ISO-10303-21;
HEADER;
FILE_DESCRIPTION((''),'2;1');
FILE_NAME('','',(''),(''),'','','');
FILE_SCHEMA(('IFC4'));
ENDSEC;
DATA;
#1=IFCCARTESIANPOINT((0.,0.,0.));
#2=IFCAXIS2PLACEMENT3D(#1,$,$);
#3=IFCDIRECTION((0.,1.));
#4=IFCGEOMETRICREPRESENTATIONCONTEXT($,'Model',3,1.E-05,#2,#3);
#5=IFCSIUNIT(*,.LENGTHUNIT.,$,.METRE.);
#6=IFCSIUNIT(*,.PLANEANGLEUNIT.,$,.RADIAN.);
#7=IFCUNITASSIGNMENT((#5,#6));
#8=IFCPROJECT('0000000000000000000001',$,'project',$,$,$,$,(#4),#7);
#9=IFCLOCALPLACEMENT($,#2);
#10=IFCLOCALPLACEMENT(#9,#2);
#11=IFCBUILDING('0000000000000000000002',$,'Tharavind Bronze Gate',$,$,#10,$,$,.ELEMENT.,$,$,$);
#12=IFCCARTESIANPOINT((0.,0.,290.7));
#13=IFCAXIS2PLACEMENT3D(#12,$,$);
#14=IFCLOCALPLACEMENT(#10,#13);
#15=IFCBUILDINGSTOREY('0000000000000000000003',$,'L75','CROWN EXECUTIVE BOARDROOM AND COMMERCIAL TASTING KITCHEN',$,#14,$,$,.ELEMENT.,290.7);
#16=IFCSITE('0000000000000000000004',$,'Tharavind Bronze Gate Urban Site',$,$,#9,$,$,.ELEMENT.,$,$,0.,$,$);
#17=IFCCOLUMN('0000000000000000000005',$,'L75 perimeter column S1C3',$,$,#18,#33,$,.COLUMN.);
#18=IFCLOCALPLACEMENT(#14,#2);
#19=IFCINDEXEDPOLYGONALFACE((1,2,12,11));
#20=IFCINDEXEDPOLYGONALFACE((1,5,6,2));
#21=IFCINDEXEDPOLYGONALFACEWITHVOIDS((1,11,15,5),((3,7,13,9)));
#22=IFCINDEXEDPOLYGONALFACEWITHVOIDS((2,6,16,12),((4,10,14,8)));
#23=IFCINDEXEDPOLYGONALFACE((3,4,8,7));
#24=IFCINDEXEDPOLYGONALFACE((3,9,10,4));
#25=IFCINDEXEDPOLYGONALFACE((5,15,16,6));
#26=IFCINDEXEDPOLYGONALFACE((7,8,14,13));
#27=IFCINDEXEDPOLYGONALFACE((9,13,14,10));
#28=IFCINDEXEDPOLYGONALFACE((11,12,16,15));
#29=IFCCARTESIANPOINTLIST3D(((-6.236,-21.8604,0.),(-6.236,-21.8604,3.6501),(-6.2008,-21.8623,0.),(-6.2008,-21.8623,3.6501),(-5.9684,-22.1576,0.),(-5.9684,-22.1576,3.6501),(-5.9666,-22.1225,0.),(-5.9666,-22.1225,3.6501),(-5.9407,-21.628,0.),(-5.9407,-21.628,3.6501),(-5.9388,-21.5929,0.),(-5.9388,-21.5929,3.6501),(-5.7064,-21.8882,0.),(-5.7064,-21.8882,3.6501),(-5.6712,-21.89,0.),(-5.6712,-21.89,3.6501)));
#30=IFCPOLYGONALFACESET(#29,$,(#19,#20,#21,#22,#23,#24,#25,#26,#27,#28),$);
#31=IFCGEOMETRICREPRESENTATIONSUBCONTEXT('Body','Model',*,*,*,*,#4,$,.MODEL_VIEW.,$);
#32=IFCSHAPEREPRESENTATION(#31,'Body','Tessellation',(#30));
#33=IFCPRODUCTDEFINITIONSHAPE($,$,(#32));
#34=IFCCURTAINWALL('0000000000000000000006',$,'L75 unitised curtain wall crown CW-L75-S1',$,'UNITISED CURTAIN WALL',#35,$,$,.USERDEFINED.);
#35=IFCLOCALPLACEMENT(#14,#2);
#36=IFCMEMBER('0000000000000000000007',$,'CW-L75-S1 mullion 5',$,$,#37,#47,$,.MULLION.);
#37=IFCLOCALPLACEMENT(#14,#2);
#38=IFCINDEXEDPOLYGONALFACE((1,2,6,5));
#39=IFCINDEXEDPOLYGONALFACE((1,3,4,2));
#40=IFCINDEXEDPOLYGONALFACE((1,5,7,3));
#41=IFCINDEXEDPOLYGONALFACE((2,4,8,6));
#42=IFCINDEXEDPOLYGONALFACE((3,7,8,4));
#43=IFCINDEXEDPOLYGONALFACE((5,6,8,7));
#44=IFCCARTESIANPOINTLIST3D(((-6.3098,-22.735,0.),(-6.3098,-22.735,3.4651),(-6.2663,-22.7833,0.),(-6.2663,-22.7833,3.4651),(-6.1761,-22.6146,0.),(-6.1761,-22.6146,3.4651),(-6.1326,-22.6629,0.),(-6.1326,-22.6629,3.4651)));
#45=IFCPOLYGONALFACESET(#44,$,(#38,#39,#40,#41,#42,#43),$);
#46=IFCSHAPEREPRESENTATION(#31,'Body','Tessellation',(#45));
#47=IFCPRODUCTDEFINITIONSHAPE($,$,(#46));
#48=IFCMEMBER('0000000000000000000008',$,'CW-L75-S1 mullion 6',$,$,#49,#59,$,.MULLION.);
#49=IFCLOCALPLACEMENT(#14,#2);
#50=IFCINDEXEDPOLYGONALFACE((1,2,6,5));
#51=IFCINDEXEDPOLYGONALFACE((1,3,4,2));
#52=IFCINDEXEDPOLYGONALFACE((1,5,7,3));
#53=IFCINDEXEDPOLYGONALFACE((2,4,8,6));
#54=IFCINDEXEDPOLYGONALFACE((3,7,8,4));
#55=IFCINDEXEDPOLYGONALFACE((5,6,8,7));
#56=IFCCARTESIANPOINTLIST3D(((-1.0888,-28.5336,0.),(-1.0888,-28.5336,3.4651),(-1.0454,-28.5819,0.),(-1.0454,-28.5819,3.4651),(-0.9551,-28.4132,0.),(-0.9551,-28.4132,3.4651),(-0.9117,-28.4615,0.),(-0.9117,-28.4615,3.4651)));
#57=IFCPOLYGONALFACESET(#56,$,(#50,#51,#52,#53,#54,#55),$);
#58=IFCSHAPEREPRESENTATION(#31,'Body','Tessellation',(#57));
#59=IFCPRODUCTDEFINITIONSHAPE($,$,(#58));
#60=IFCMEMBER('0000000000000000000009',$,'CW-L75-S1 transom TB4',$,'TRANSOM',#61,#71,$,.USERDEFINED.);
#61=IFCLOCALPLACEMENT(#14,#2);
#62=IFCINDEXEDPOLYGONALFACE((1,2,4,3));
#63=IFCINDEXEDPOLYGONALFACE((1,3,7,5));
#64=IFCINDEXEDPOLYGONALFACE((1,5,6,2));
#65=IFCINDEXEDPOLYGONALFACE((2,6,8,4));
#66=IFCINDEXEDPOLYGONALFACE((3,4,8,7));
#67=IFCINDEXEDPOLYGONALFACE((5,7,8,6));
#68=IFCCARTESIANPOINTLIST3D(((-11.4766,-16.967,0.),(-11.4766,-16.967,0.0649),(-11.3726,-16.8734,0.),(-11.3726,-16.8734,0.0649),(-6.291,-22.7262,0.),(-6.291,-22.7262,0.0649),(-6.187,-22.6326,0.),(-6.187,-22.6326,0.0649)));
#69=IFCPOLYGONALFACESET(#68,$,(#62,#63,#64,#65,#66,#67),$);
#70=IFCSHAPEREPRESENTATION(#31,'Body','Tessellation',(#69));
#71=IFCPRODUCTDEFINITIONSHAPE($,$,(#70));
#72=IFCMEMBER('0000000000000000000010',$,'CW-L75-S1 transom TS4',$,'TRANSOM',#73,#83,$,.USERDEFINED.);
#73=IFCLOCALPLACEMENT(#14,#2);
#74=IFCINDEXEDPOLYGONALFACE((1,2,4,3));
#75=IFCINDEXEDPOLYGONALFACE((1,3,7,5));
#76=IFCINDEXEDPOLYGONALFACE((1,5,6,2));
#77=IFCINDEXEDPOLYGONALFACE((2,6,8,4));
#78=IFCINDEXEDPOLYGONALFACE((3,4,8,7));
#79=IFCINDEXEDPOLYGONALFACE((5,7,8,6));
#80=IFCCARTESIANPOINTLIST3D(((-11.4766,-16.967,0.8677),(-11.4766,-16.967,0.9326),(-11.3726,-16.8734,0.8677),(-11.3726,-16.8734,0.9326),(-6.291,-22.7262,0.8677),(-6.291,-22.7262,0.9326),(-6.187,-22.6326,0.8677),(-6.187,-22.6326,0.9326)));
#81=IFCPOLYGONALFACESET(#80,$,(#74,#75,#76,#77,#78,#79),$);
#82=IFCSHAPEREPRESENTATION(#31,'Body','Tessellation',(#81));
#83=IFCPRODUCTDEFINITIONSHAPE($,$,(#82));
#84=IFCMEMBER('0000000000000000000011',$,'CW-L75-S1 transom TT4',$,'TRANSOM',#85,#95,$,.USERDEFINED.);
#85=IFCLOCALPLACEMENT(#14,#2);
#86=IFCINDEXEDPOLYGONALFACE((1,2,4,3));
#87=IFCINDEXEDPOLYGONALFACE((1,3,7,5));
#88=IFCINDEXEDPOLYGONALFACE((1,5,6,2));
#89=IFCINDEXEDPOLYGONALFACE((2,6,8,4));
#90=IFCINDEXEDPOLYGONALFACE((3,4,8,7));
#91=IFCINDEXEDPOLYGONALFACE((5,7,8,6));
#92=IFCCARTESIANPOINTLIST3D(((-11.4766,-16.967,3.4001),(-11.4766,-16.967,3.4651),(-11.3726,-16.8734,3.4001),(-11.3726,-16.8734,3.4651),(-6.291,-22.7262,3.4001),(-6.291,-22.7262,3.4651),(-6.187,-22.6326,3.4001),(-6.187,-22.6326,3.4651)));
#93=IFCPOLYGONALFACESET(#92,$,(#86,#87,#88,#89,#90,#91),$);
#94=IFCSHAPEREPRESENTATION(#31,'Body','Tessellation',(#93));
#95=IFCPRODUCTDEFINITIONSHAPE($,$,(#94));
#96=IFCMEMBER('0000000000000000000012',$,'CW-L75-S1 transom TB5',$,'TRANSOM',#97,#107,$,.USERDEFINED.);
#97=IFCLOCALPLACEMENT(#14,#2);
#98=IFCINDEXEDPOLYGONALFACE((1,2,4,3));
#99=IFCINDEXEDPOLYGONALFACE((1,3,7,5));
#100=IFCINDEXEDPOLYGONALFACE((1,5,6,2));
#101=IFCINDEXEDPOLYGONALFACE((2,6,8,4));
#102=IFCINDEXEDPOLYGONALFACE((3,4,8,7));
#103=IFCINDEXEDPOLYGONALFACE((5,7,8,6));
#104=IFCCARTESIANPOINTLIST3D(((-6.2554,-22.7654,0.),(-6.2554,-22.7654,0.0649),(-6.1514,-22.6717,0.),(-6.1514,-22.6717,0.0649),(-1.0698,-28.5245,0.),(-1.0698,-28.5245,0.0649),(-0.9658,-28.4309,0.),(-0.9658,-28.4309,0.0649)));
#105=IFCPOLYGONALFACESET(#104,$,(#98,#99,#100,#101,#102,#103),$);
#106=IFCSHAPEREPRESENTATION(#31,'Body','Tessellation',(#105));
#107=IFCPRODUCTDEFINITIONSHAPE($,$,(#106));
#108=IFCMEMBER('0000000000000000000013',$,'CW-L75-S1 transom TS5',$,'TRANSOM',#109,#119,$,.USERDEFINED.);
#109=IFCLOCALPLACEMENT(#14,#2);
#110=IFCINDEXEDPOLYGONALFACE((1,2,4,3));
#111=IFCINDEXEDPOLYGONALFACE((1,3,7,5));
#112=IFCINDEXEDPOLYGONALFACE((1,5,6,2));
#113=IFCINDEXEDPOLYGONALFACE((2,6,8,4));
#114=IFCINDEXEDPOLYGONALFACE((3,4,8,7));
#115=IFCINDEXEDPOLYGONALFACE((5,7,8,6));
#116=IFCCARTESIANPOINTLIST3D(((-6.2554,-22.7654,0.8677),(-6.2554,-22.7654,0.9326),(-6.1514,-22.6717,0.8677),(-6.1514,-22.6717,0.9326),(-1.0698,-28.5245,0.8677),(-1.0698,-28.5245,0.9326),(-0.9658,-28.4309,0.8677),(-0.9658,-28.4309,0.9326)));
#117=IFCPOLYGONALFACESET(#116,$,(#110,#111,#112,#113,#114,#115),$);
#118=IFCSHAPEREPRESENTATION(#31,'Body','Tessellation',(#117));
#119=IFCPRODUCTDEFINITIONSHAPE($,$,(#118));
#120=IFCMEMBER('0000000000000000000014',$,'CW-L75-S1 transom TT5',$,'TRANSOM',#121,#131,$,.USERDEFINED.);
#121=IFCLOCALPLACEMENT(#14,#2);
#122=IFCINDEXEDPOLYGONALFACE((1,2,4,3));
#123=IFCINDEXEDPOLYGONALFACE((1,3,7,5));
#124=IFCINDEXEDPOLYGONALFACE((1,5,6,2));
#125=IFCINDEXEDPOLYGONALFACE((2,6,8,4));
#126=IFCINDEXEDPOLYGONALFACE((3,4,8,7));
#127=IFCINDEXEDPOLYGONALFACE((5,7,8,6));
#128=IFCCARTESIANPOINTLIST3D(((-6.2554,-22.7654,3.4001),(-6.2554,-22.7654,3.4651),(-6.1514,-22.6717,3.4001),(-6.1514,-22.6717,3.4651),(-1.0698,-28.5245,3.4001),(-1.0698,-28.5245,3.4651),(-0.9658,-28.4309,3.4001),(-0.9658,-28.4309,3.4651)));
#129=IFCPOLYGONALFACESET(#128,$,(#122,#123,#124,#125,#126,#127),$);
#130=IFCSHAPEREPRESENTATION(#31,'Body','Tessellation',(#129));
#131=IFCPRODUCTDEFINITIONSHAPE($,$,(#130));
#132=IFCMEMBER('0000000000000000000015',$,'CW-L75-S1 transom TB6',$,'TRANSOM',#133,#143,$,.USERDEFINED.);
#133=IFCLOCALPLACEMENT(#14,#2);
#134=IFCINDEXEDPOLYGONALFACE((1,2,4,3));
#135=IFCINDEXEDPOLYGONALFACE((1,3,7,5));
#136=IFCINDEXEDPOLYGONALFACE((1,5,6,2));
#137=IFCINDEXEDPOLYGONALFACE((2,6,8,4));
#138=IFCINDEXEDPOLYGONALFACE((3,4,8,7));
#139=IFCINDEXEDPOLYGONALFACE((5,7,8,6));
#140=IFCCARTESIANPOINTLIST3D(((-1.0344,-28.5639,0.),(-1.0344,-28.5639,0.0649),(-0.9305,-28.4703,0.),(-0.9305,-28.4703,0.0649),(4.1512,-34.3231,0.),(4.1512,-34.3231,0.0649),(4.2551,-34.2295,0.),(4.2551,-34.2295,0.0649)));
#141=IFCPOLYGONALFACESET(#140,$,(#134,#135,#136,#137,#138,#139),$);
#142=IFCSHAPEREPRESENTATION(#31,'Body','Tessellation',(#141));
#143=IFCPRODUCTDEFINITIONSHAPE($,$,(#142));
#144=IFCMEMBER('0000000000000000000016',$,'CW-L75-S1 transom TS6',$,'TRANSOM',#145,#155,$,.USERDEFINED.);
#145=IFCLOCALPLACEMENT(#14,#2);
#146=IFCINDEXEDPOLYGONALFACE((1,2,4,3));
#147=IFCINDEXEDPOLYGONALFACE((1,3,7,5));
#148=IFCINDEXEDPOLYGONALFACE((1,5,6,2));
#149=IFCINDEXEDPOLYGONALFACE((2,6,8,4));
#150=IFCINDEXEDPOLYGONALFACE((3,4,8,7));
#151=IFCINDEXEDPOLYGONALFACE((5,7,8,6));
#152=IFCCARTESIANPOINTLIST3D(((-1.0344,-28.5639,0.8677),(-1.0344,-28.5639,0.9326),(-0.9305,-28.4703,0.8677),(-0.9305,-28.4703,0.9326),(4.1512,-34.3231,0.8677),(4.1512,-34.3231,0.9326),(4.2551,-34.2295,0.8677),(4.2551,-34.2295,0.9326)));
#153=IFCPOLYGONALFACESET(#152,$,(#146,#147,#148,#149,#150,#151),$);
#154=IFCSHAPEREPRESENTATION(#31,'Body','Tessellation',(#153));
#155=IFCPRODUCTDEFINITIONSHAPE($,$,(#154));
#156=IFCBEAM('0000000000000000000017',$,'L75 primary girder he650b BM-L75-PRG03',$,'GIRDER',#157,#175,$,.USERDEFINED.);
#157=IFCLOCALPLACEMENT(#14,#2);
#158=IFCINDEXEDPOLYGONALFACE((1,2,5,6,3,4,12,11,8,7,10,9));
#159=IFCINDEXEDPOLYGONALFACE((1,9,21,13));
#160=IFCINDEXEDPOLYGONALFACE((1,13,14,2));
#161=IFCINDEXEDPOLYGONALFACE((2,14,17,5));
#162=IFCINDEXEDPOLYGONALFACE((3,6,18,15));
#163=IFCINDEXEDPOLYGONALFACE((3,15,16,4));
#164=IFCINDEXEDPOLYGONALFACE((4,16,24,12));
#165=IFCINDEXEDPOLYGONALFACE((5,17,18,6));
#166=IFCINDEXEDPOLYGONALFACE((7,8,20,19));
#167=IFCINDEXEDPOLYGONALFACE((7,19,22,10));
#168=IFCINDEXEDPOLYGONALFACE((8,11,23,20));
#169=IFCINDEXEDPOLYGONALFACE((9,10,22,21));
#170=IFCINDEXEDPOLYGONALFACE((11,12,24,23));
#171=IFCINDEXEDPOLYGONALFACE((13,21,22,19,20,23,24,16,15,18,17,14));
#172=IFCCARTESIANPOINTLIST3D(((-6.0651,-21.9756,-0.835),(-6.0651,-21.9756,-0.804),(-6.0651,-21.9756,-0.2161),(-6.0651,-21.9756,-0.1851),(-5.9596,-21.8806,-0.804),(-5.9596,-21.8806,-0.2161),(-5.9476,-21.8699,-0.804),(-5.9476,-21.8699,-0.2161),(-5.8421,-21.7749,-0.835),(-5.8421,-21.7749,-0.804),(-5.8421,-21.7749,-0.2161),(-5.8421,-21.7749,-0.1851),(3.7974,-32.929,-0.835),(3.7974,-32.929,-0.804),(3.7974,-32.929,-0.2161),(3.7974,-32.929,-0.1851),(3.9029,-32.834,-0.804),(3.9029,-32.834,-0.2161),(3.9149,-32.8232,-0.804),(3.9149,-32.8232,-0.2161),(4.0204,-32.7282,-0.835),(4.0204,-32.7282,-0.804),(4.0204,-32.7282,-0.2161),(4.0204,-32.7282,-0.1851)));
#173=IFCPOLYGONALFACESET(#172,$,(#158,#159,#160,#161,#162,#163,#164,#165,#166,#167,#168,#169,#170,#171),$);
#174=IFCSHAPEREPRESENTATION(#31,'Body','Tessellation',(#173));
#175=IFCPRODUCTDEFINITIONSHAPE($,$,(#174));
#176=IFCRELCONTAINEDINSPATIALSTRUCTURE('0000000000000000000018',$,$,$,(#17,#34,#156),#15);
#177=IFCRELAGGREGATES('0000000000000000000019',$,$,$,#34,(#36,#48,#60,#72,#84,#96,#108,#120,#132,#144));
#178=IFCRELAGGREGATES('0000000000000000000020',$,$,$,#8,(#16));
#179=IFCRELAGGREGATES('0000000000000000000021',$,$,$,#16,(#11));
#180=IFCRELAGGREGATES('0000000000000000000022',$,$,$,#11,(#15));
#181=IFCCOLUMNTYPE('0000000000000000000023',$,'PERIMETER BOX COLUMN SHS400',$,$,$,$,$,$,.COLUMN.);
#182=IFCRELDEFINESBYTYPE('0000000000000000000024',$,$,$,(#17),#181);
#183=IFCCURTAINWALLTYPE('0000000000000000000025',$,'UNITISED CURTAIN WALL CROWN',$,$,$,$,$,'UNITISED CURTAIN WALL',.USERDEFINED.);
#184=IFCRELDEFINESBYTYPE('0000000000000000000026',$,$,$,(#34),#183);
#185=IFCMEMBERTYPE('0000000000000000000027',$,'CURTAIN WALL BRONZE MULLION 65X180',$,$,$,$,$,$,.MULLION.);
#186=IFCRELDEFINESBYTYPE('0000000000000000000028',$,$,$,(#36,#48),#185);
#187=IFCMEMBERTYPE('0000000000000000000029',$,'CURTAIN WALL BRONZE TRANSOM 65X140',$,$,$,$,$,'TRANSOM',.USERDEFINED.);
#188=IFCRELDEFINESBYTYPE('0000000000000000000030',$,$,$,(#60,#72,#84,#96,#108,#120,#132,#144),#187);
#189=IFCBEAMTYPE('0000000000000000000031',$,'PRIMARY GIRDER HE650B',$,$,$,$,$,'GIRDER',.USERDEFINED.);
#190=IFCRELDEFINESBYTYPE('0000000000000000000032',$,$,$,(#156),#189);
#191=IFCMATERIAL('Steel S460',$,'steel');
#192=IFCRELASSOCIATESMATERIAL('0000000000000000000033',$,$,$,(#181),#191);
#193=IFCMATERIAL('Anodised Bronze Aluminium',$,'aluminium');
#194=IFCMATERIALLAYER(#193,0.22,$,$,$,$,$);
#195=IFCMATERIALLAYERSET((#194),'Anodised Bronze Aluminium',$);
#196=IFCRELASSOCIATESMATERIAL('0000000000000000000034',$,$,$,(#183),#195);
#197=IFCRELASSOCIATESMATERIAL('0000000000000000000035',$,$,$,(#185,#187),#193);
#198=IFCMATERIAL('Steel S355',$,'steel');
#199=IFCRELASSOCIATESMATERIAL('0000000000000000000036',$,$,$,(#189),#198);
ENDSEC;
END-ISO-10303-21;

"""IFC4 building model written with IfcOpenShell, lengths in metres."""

from ifc_helpers import new_model, si_unit, direction, frame, origin, origin_2d, place, context, subcontext, project, spatial, rectangle, hollow_rectangle, i_section, extrude, material, layer, layer_set, material_profile, profile_set, type_object, element, aggregate, save


model = new_model("IFC4")

# Units and contexts
model_context = context("Model", 3, precision=1e-05, world=origin(), true_north=direction((0.0, 1.0)))
body_context = subcontext(model_context, "Body", "Model", "MODEL_VIEW")
ifc_project = project(units=[si_unit("LENGTHUNIT", "METRE"), si_unit("PLANEANGLEUNIT", "RADIAN")], contexts=[model_context])

# Site, building, storey
site_placement = place(None, origin())
site = spatial("IfcSite", under=ifc_project, at=site_placement, Name="Tharavind Bronze Gate Urban Site", CompositionType="ELEMENT", RefElevation=0.0)
building_placement = place(site_placement, origin())
building = spatial("IfcBuilding", under=site, at=building_placement, Name="Tharavind Bronze Gate", CompositionType="ELEMENT")
storey_placement = place(building_placement, frame((0.0, 0.0, 290.7)))
storey = spatial("IfcBuildingStorey", under=building, at=storey_placement, Name="L75", Description="CROWN EXECUTIVE BOARDROOM AND COMMERCIAL TASTING KITCHEN", CompositionType="ELEMENT", Elevation=290.7)

# Column
ifc_material_1 = material(Name="Steel S460", Category="steel")
ifc_material_profile_1 = material_profile(ifc_material_1, hollow_rectangle(XDim=0.3999, YDim=0.3999, WallThickness=0.0249, at=origin_2d()), Name="SHS400X25")
ifc_profile_set_1 = profile_set([ifc_material_profile_1], Name="Steel S460")
column_type = type_object("IfcColumnType", Name="PERIMETER BOX COLUMN SHS400", PredefinedType="COLUMN", material=ifc_profile_set_1)
column_placement = place(storey_placement, frame((-5.9536, -21.8752, 0.0), z_axis=(0.0, 0.0, 1.0), x_axis=(-0.669131, 0.743145, 0.0)))
element("IfcColumn", 1, at=column_placement, inside=storey, type_object=column_type, Name="L75 perimeter column S1C3", PredefinedType="COLUMN", context=body_context, shape_type="SweptSolid", body=[
    extrude(hollow_rectangle(XDim=0.3999, YDim=0.3999, WallThickness=0.0249, at=origin_2d()), origin(), (0.0, 0.0, 1.0), 3.6501),
])

# Curtain wall, members
ifc_material_2 = material(Name="Anodised Bronze Aluminium", Category="aluminium")
ifc_layer_1 = layer(ifc_material_2, 0.22)
ifc_layer_set_1 = layer_set([ifc_layer_1], Name="Anodised Bronze Aluminium")
curtain_wall_type = type_object("IfcCurtainWallType", Name="UNITISED CURTAIN WALL CROWN", ElementType="UNITISED CURTAIN WALL", PredefinedType="USERDEFINED", material=ifc_layer_set_1)
curtain_wall_placement = place(storey_placement, origin())
curtain_wall = element("IfcCurtainWall", 2, at=curtain_wall_placement, inside=storey, type_object=curtain_wall_type, Name="L75 unitised curtain wall crown CW-L75-S1", ObjectType="UNITISED CURTAIN WALL", PredefinedType="USERDEFINED")
member_type_1 = type_object("IfcMemberType", Name="CURTAIN WALL BRONZE MULLION 65X180", PredefinedType="MULLION", material=ifc_material_2)
member_1_placement = place(storey_placement, frame((-6.2212, -22.699, 0.0), z_axis=(0.0, 0.0, 1.0), x_axis=(0.669131, -0.743145, 0.0)))
member_1 = element("IfcMember", 3, at=member_1_placement, type_object=member_type_1, Name="CW-L75-S1 mullion 5", PredefinedType="MULLION", context=body_context, shape_type="SweptSolid", body=[
    extrude(rectangle(XDim=0.0649, YDim=0.1799, at=origin_2d()), origin(), (0.0, 0.0, 1.0), 3.4651),
])
member_2_placement = place(storey_placement, frame((-1.0002, -28.4976, 0.0), z_axis=(0.0, 0.0, 1.0), x_axis=(0.669131, -0.743145, 0.0)))
member_2 = element("IfcMember", 4, at=member_2_placement, type_object=member_type_1, Name="CW-L75-S1 mullion 6", PredefinedType="MULLION", context=body_context, shape_type="SweptSolid", body=[
    extrude(rectangle(XDim=0.0649, YDim=0.1799, at=origin_2d()), origin(), (0.0, 0.0, 1.0), 3.4651),
])
member_type_2 = type_object("IfcMemberType", Name="CURTAIN WALL BRONZE TRANSOM 65X140", ElementType="TRANSOM", PredefinedType="USERDEFINED", material=ifc_material_2)
member_3_placement = place(storey_placement, frame((-8.8318, -19.7998, 0.0), z_axis=(0.0, 0.0, 1.0), x_axis=(0.669131, -0.743145, 0.0)))
member_3 = element("IfcMember", 5, at=member_3_placement, type_object=member_type_2, Name="CW-L75-S1 transom TB4", ObjectType="TRANSOM", PredefinedType="USERDEFINED", context=body_context, shape_type="SweptSolid", body=[
    extrude(rectangle(XDim=7.7498, YDim=0.1399, at=origin_2d()), origin(), (0.0, 0.0, 1.0), 0.0649),
])
member_4_placement = place(storey_placement, frame((-8.8318, -19.7998, 0.8677), z_axis=(0.0, 0.0, 1.0), x_axis=(0.669131, -0.743145, 0.0)))
member_4 = element("IfcMember", 6, at=member_4_placement, type_object=member_type_2, Name="CW-L75-S1 transom TS4", ObjectType="TRANSOM", PredefinedType="USERDEFINED", context=body_context, shape_type="SweptSolid", body=[
    extrude(rectangle(XDim=7.7498, YDim=0.1399, at=origin_2d()), origin(), (0.0, 0.0, 1.0), 0.0649),
])
member_5_placement = place(storey_placement, frame((-8.8318, -19.7998, 3.4001), z_axis=(0.0, 0.0, 1.0), x_axis=(0.669131, -0.743145, 0.0)))
member_5 = element("IfcMember", 7, at=member_5_placement, type_object=member_type_2, Name="CW-L75-S1 transom TT4", ObjectType="TRANSOM", PredefinedType="USERDEFINED", context=body_context, shape_type="SweptSolid", body=[
    extrude(rectangle(XDim=7.7498, YDim=0.1399, at=origin_2d()), origin(), (0.0, 0.0, 1.0), 0.0649),
])
member_6_placement = place(storey_placement, frame((-3.6106, -25.5981, 0.0), z_axis=(0.0, 0.0, 1.0), x_axis=(0.669131, -0.743145, 0.0)))
member_6 = element("IfcMember", 8, at=member_6_placement, type_object=member_type_2, Name="CW-L75-S1 transom TB5", ObjectType="TRANSOM", PredefinedType="USERDEFINED", context=body_context, shape_type="SweptSolid", body=[
    extrude(rectangle(XDim=7.7498, YDim=0.1399, at=origin_2d()), origin(), (0.0, 0.0, 1.0), 0.0649),
])
member_7_placement = place(storey_placement, frame((-3.6106, -25.5981, 0.8677), z_axis=(0.0, 0.0, 1.0), x_axis=(0.669131, -0.743145, 0.0)))
member_7 = element("IfcMember", 9, at=member_7_placement, type_object=member_type_2, Name="CW-L75-S1 transom TS5", ObjectType="TRANSOM", PredefinedType="USERDEFINED", context=body_context, shape_type="SweptSolid", body=[
    extrude(rectangle(XDim=7.7498, YDim=0.1399, at=origin_2d()), origin(), (0.0, 0.0, 1.0), 0.0649),
])
member_8_placement = place(storey_placement, frame((-3.6106, -25.5981, 3.4001), z_axis=(0.0, 0.0, 1.0), x_axis=(0.669131, -0.743145, 0.0)))
member_8 = element("IfcMember", 10, at=member_8_placement, type_object=member_type_2, Name="CW-L75-S1 transom TT5", ObjectType="TRANSOM", PredefinedType="USERDEFINED", context=body_context, shape_type="SweptSolid", body=[
    extrude(rectangle(XDim=7.7498, YDim=0.1399, at=origin_2d()), origin(), (0.0, 0.0, 1.0), 0.0649),
])
member_9_placement = place(storey_placement, frame((1.6104, -31.3967, 0.0), z_axis=(0.0, 0.0, 1.0), x_axis=(0.669131, -0.743145, 0.0)))
member_9 = element("IfcMember", 11, at=member_9_placement, type_object=member_type_2, Name="CW-L75-S1 transom TB6", ObjectType="TRANSOM", PredefinedType="USERDEFINED", context=body_context, shape_type="SweptSolid", body=[
    extrude(rectangle(XDim=7.7498, YDim=0.1399, at=origin_2d()), origin(), (0.0, 0.0, 1.0), 0.0649),
])
member_10_placement = place(storey_placement, frame((1.6104, -31.3967, 0.8677), z_axis=(0.0, 0.0, 1.0), x_axis=(0.669131, -0.743145, 0.0)))
member_10 = element("IfcMember", 12, at=member_10_placement, type_object=member_type_2, Name="CW-L75-S1 transom TS6", ObjectType="TRANSOM", PredefinedType="USERDEFINED", context=body_context, shape_type="SweptSolid", body=[
    extrude(rectangle(XDim=7.7498, YDim=0.1399, at=origin_2d()), origin(), (0.0, 0.0, 1.0), 0.0649),
])

# Beam
ifc_material_3 = material(Name="Steel S355", Category="steel")
ifc_material_profile_2 = material_profile(ifc_material_3, i_section(OverallWidth=0.3, OverallDepth=0.6499, WebThickness=0.0161, FlangeThickness=0.031, at=origin_2d()), Name="HE650B")
ifc_profile_set_2 = profile_set([ifc_material_profile_2], Name="Steel S355")
beam_type_1 = type_object("IfcBeamType", Name="PRIMARY GIRDER HE650B", ElementType="GIRDER", PredefinedType="USERDEFINED", material=ifc_profile_set_2)
beam_1_placement = place(storey_placement, frame((-5.9536, -21.8752, -0.51), z_axis=(0.669134, -0.743142, 0.0), x_axis=(0.743142, 0.669134, 0.0)))
element("IfcBeam", 13, at=beam_1_placement, inside=storey, type_object=beam_type_1, Name="L75 primary girder he650b BM-L75-PRG03", ObjectType="GIRDER", PredefinedType="USERDEFINED", context=body_context, shape_type="SweptSolid", body=[
    extrude(i_section(OverallWidth=0.3, OverallDepth=0.6499, WebThickness=0.0161, FlangeThickness=0.031, at=origin_2d()), origin(), (0.0, 0.0, 1.0), 14.7393),
])

aggregate(curtain_wall, [member_1, member_2, member_3, member_4, member_5, member_6, member_7, member_8, member_9, member_10])

save(model, "model.ifc")
